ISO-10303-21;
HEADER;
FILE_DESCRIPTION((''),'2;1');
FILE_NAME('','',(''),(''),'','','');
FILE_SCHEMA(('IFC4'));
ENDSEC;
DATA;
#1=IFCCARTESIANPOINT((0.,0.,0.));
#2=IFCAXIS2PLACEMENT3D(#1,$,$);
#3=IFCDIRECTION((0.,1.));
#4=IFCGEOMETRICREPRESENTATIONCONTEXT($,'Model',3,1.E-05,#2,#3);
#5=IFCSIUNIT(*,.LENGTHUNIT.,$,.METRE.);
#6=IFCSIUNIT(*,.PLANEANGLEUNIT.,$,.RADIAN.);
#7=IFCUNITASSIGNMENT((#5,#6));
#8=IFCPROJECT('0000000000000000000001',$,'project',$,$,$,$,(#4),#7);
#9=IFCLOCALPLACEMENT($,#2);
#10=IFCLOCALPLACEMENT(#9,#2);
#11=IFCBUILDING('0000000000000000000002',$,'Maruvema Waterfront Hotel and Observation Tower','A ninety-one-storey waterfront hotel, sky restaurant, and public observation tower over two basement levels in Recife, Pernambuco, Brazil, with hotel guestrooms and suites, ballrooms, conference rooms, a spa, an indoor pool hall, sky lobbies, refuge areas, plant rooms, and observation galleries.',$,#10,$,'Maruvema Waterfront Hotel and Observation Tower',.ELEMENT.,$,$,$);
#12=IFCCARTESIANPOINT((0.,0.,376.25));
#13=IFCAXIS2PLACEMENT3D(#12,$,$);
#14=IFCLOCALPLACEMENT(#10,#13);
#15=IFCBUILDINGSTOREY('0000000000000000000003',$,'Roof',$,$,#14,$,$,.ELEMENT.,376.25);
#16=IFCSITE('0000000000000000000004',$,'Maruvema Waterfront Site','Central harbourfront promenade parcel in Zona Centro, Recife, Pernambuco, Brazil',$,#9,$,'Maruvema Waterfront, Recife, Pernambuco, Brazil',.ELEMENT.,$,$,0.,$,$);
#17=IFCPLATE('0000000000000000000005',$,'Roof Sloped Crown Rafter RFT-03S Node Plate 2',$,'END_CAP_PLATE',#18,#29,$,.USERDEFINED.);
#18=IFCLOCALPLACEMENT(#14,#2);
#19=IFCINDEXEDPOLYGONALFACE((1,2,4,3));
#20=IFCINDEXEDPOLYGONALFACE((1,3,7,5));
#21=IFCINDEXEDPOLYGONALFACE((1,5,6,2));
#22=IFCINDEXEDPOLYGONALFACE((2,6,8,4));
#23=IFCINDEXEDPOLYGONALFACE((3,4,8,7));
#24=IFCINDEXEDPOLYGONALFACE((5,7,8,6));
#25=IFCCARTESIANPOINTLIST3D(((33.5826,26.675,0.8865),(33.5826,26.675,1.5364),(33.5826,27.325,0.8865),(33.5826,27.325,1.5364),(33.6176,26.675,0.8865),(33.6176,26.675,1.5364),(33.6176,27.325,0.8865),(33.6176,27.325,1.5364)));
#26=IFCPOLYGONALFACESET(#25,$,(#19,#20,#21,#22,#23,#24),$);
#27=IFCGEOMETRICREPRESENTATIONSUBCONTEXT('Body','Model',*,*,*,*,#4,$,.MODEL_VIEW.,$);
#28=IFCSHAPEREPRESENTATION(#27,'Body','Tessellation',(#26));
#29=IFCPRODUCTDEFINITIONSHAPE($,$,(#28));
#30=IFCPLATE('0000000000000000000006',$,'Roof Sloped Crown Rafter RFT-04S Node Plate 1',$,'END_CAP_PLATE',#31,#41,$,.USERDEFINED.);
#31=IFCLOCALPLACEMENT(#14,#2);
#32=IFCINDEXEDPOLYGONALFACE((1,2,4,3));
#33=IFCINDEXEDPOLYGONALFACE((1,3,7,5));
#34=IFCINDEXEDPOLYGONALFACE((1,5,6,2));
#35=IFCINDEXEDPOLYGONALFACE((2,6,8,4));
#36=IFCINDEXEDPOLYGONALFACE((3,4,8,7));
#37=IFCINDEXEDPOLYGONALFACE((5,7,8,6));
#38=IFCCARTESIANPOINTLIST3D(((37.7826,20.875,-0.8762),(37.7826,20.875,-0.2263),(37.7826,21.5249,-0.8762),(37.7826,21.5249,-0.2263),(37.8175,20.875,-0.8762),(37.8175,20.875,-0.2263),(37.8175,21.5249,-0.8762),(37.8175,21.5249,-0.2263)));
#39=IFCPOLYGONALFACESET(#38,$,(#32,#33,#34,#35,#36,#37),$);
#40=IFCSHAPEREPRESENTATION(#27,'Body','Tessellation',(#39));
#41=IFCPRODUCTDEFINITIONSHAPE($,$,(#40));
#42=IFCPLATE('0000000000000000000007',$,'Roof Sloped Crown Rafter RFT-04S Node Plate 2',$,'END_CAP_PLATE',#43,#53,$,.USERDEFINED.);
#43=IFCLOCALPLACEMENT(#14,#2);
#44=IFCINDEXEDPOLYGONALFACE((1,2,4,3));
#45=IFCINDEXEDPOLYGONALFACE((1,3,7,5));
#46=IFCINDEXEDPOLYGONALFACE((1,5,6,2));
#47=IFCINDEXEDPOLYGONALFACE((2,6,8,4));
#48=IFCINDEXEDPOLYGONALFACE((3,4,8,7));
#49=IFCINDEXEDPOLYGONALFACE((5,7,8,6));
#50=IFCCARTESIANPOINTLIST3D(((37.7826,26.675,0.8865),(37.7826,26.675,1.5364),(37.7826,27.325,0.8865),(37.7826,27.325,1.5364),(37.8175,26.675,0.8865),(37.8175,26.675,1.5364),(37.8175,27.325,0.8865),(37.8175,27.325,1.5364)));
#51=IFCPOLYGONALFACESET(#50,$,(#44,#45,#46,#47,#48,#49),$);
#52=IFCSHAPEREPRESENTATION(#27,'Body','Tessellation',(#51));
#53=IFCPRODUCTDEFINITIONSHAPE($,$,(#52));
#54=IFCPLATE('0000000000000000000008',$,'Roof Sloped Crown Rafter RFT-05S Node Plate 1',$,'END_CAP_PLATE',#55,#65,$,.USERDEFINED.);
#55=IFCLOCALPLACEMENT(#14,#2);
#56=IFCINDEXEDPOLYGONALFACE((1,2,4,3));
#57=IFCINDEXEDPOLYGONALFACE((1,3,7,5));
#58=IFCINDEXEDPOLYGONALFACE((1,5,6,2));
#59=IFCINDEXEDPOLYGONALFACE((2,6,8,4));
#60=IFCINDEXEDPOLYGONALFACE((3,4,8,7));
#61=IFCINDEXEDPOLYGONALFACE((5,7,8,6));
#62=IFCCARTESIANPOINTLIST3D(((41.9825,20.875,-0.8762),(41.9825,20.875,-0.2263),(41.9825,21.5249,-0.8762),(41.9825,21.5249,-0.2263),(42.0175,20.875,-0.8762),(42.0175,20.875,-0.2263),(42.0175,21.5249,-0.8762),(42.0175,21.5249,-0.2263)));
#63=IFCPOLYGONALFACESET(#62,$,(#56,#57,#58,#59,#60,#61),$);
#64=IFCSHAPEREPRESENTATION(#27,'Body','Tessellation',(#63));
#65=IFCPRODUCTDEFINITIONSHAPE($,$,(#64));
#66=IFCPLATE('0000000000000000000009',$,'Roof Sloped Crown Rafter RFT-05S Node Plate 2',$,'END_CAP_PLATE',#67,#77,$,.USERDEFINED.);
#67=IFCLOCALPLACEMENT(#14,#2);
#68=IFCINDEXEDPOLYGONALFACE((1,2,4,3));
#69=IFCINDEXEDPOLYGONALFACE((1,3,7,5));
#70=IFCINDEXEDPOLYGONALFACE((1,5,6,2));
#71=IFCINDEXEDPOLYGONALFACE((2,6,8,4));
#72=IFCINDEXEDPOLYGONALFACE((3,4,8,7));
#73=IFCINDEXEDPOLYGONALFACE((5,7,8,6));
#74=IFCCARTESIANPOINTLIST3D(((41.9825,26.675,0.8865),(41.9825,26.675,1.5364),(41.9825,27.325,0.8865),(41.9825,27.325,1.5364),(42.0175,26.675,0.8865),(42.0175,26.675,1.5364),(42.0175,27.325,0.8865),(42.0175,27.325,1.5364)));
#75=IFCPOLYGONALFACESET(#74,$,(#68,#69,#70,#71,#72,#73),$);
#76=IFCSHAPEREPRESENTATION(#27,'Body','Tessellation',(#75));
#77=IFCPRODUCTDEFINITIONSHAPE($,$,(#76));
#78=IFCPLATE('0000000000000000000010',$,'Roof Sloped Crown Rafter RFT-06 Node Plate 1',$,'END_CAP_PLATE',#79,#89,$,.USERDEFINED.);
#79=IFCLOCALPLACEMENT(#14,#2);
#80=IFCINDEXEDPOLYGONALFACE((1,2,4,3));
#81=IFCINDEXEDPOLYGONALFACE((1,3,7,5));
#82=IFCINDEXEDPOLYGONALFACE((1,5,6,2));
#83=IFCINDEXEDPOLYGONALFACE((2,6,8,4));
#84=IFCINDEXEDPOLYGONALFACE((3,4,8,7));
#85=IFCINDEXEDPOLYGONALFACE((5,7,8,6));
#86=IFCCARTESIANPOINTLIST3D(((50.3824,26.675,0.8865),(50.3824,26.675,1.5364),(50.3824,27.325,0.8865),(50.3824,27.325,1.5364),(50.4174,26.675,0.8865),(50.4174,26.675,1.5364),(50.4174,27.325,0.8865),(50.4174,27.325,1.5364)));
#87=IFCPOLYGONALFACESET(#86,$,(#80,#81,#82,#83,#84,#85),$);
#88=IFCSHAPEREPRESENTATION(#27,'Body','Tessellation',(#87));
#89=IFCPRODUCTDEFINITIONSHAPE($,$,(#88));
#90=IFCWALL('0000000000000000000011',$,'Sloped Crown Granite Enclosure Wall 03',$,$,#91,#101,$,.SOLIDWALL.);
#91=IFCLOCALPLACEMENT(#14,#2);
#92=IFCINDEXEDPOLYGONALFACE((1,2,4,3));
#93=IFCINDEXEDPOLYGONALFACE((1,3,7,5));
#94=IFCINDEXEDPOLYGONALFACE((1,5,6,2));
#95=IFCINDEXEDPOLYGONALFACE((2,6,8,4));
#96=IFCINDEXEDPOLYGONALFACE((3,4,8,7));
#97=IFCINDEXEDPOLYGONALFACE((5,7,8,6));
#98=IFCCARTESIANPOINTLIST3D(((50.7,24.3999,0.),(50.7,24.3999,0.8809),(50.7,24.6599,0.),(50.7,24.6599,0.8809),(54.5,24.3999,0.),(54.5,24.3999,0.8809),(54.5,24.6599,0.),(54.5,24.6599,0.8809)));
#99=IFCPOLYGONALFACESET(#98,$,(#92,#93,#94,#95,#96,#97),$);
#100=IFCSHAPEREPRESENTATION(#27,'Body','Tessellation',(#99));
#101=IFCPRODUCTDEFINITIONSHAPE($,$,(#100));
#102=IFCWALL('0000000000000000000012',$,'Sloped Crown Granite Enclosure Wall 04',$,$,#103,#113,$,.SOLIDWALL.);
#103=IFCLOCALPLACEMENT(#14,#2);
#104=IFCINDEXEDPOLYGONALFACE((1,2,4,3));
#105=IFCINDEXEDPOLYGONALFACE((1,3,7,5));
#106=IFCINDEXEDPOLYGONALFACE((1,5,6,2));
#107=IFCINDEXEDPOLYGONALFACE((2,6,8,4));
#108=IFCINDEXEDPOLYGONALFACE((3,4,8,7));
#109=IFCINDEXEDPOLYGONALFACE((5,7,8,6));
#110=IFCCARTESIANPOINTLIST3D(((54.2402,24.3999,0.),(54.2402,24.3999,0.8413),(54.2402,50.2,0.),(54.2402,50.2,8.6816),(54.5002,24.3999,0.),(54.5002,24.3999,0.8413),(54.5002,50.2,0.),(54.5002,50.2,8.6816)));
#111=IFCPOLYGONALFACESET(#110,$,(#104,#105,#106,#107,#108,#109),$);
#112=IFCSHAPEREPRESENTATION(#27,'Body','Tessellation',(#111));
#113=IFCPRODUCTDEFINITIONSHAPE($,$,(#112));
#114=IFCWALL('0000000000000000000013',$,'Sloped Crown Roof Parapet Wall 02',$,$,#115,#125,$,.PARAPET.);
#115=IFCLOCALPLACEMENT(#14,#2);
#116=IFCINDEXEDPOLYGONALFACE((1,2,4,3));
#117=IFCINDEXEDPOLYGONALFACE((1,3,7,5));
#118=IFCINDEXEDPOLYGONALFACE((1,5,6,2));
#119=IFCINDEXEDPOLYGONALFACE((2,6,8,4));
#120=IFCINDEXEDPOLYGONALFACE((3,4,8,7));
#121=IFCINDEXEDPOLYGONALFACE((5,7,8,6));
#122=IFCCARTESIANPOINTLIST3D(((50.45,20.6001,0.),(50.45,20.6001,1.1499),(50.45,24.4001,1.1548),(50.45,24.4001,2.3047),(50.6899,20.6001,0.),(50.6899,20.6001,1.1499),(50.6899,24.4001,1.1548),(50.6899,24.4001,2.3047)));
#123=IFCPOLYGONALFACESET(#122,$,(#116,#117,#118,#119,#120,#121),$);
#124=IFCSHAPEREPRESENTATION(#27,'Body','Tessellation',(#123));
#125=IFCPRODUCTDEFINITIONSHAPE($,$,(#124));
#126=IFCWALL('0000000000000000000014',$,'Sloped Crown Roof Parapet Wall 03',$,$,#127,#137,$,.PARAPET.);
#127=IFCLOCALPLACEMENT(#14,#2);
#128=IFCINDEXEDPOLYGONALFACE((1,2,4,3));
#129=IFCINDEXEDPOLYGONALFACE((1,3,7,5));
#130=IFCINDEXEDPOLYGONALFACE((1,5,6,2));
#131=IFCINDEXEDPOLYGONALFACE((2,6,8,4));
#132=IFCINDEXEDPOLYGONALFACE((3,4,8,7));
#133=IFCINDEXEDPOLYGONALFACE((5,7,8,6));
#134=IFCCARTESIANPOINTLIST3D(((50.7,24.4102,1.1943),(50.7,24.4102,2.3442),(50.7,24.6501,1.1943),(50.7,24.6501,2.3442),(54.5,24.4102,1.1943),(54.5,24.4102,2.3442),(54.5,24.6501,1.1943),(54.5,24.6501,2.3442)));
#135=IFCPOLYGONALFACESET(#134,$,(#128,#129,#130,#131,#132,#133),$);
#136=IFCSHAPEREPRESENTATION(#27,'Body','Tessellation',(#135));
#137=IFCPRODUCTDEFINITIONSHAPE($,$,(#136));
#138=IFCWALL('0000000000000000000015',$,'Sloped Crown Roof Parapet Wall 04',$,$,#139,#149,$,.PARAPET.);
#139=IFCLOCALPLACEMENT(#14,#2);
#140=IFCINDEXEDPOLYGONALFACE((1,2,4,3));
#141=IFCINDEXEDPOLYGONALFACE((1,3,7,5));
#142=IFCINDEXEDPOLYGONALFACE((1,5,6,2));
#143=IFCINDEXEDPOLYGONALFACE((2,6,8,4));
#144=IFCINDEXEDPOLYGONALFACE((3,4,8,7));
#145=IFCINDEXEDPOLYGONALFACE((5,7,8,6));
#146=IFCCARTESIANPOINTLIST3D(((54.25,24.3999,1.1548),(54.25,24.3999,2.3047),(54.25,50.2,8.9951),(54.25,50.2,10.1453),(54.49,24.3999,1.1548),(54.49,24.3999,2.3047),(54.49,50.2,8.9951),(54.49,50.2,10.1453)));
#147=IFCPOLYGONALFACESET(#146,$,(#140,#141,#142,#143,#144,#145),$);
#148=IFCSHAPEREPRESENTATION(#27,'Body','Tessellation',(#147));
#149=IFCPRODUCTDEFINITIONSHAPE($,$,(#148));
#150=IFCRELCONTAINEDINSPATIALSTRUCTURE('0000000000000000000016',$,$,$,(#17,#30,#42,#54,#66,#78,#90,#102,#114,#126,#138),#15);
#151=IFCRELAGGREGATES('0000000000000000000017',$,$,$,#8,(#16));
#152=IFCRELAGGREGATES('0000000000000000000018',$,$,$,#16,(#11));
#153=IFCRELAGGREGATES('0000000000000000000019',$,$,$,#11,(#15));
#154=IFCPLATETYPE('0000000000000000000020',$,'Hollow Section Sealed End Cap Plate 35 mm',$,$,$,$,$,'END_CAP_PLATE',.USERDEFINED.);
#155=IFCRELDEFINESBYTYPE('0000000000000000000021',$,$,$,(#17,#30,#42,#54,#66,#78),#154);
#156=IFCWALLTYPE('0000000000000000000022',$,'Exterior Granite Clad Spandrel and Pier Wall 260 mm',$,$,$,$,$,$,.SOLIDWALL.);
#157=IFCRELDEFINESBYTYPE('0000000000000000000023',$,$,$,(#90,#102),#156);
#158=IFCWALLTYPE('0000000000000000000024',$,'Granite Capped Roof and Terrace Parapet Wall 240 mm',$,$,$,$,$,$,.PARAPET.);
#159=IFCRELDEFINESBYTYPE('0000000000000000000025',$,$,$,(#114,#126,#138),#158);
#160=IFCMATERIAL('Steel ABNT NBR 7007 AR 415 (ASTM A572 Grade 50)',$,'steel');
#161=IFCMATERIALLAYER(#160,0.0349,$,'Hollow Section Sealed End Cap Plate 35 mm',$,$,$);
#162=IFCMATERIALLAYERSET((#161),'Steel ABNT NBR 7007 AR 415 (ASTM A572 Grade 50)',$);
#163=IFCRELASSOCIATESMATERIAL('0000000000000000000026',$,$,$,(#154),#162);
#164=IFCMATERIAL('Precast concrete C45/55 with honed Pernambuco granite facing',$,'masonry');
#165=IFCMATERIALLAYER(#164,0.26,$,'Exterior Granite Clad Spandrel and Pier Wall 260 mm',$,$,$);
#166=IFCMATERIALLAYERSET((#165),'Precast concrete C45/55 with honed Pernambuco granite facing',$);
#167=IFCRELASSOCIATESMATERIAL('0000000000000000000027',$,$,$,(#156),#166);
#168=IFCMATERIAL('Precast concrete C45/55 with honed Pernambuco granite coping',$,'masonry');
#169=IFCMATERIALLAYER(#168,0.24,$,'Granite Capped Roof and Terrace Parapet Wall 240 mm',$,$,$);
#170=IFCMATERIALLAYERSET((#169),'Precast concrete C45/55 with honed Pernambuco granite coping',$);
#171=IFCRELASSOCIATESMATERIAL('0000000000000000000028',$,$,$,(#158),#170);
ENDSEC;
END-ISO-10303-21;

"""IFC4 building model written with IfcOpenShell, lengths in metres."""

from ifc_helpers import new_model, si_unit, direction, frame, origin, origin_2d, place, context, subcontext, project, spatial, polyline, rectangle, outline, extrude, material, layer, layer_set, type_object, element, save


model = new_model("IFC4")

# Units and contexts
model_context = context("Model", 3, precision=1e-05, world=origin(), true_north=direction((0.0, 1.0)))
body_context = subcontext(model_context, "Body", "Model", "MODEL_VIEW")
ifc_project = project(units=[si_unit("LENGTHUNIT", "METRE"), si_unit("PLANEANGLEUNIT", "RADIAN")], contexts=[model_context])

# Site, building, storey
site_placement = place(None, origin())
site = spatial("IfcSite", under=ifc_project, at=site_placement, Name="Maruvema Waterfront Site", Description="Central harbourfront promenade parcel in Zona Centro, Recife, Pernambuco, Brazil", LongName="Maruvema Waterfront, Recife, Pernambuco, Brazil", CompositionType="ELEMENT", RefElevation=0.0)
building_placement = place(site_placement, origin())
building = spatial("IfcBuilding", under=site, at=building_placement, Name="Maruvema Waterfront Hotel and Observation Tower", Description="A ninety-one-storey waterfront hotel, sky restaurant, and public observation tower over two basement levels in Recife, Pernambuco, Brazil, with hotel guestrooms and suites, ballrooms, conference rooms, a spa, an indoor pool hall, sky lobbies, refuge areas, plant rooms, and observation galleries.", LongName="Maruvema Waterfront Hotel and Observation Tower", CompositionType="ELEMENT")
storey_placement = place(building_placement, frame((0.0, 0.0, 376.25)))
storey = spatial("IfcBuildingStorey", under=building, at=storey_placement, Name="Roof", CompositionType="ELEMENT", Elevation=376.25)

# Plates
ifc_material_1 = material(Name="Steel ABNT NBR 7007 AR 415 (ASTM A572 Grade 50)", Category="steel")
ifc_layer_1 = layer(ifc_material_1, 0.0349, Name="Hollow Section Sealed End Cap Plate 35 mm")
ifc_layer_set_1 = layer_set([ifc_layer_1], Name="Steel ABNT NBR 7007 AR 415 (ASTM A572 Grade 50)")
plate_type = type_object("IfcPlateType", Name="Hollow Section Sealed End Cap Plate 35 mm", ElementType="END_CAP_PLATE", PredefinedType="USERDEFINED", material=ifc_layer_set_1)
for number, where, z_axis, x_axis, name in (
    (1, (33.6001, 27.0, 0.8865), (0.0, 0.0, 1.0), (0.0, 1.0, 0.0), "Roof Sloped Crown Rafter RFT-03S Node Plate 2"),
    (2, (37.8, 21.2, -0.8762), (0.0, 0.0, 1.0), (0.0, 1.0, 0.0), "Roof Sloped Crown Rafter RFT-04S Node Plate 1"),
    (3, (37.8, 27.0, 0.8865), (0.0, 0.0, 1.0), (0.0, 1.0, 0.0), "Roof Sloped Crown Rafter RFT-04S Node Plate 2"),
    (4, (42.0, 21.2, -0.8762), (0.0, 0.0, 1.0), (0.0, 1.0, 0.0), "Roof Sloped Crown Rafter RFT-05S Node Plate 1"),
    (5, (42.0, 27.0, 0.8865), (0.0, 0.0, 1.0), (0.0, 1.0, 0.0), "Roof Sloped Crown Rafter RFT-05S Node Plate 2"),
    (6, (50.3999, 27.0, 0.8865), (0.0, 0.0, 1.0), (0.0, 1.0, 0.0), "Roof Sloped Crown Rafter RFT-06 Node Plate 1"),
):
    element("IfcPlate", number, at=place(storey_placement, frame(where, z_axis=z_axis, x_axis=x_axis)), inside=storey, type_object=plate_type, Name=name, ObjectType="END_CAP_PLATE", PredefinedType="USERDEFINED", context=body_context, shape_type="SweptSolid", body=[
        extrude(rectangle(XDim=0.6499, YDim=0.0349, at=origin_2d()), origin(), (0.0, 0.0, 1.0), 0.6499),
    ])

# Walls
ifc_material_2 = material(Name="Precast concrete C45/55 with honed Pernambuco granite facing", Category="masonry")
ifc_layer_2 = layer(ifc_material_2, 0.26, Name="Exterior Granite Clad Spandrel and Pier Wall 260 mm")
ifc_layer_set_2 = layer_set([ifc_layer_2], Name="Precast concrete C45/55 with honed Pernambuco granite facing")
wall_type_1 = type_object("IfcWallType", Name="Exterior Granite Clad Spandrel and Pier Wall 260 mm", PredefinedType="SOLIDWALL", material=ifc_layer_set_2)
wall_1_placement = place(storey_placement, frame((50.7, 24.53, 0.0), z_axis=(0.0, 0.0, 1.0), x_axis=(1.0, 0.0, 0.0)))
element("IfcWall", 7, at=wall_1_placement, inside=storey, type_object=wall_type_1, Name="Sloped Crown Granite Enclosure Wall 03", PredefinedType="SOLIDWALL", context=body_context, shape_type="SweptSolid", body=[
    extrude(outline(polyline([(0.0, 0.0), (3.8, 0.0), (3.8, 0.8809), (0.0, 0.8809), (0.0, 0.0)])), frame((0.0, 0.1299, 0.0), z_axis=(0.0, -1.0, 0.0), x_axis=(1.0, 0.0, 0.0)), (0.0, 0.0, 1.0), 0.26),
])
wall_2_placement = place(storey_placement, frame((54.3701, 24.3999, 0.0), z_axis=(0.0, 0.0, 1.0), x_axis=(0.0, 1.0, 0.0)))
element("IfcWall", 8, at=wall_2_placement, inside=storey, type_object=wall_type_1, Name="Sloped Crown Granite Enclosure Wall 04", PredefinedType="SOLIDWALL", context=body_context, shape_type="SweptSolid", body=[
    extrude(outline(polyline([(0.0, 0.0), (25.8, 0.0), (25.8, 8.6816), (0.0, 0.8413), (0.0, 0.0)])), frame((0.0, 0.1299, 0.0), z_axis=(0.0, -1.0, 0.0), x_axis=(1.0, 0.0, 0.0)), (0.0, 0.0, 1.0), 0.26),
])
ifc_material_3 = material(Name="Precast concrete C45/55 with honed Pernambuco granite coping", Category="masonry")
ifc_layer_3 = layer(ifc_material_3, 0.24, Name="Granite Capped Roof and Terrace Parapet Wall 240 mm")
ifc_layer_set_3 = layer_set([ifc_layer_3], Name="Precast concrete C45/55 with honed Pernambuco granite coping")
wall_type_2 = type_object("IfcWallType", Name="Granite Capped Roof and Terrace Parapet Wall 240 mm", PredefinedType="PARAPET", material=ifc_layer_set_3)
wall_3_placement = place(storey_placement, frame((50.5701, 20.6001, 0.0), z_axis=(0.0, 0.0, 1.0), x_axis=(0.0, 1.0, 0.0)))
element("IfcWall", 9, at=wall_3_placement, inside=storey, type_object=wall_type_2, Name="Sloped Crown Roof Parapet Wall 02", PredefinedType="PARAPET", context=body_context, shape_type="SweptSolid", body=[
    extrude(outline(polyline([(0.0, 0.0), (3.8, 1.1548), (3.8, 2.3047), (0.0, 1.1499), (0.0, 0.0)])), frame((0.0, 0.1201, 0.0), z_axis=(0.0, -1.0, 0.0), x_axis=(1.0, 0.0, 0.0)), (0.0, 0.0, 1.0), 0.24),
])
wall_4_placement = place(storey_placement, frame((50.7, 24.53, 1.1943), z_axis=(0.0, 0.0, 1.0), x_axis=(1.0, 0.0, 0.0)))
element("IfcWall", 10, at=wall_4_placement, inside=storey, type_object=wall_type_2, Name="Sloped Crown Roof Parapet Wall 03", PredefinedType="PARAPET", context=body_context, shape_type="SweptSolid", body=[
    extrude(outline(polyline([(0.0, 0.0), (3.8, 0.0), (3.8, 1.1499), (0.0, 1.1499), (0.0, 0.0)])), frame((0.0, 0.1201, 0.0), z_axis=(0.0, -1.0, 0.0), x_axis=(1.0, 0.0, 0.0)), (0.0, 0.0, 1.0), 0.24),
])
wall_5_placement = place(storey_placement, frame((54.3701, 24.3999, 1.1548), z_axis=(0.0, 0.0, 1.0), x_axis=(0.0, 1.0, 0.0)))
element("IfcWall", 11, at=wall_5_placement, inside=storey, type_object=wall_type_2, Name="Sloped Crown Roof Parapet Wall 04", PredefinedType="PARAPET", context=body_context, shape_type="SweptSolid", body=[
    extrude(outline(polyline([(0.0, 0.0), (25.8, 7.8403), (25.8, 8.9905), (0.0, 1.1499), (0.0, 0.0)])), frame((0.0, 0.1201, 0.0), z_axis=(0.0, -1.0, 0.0), x_axis=(1.0, 0.0, 0.0)), (0.0, 0.0, 1.0), 0.24),
])

save(model, "model.ifc")
